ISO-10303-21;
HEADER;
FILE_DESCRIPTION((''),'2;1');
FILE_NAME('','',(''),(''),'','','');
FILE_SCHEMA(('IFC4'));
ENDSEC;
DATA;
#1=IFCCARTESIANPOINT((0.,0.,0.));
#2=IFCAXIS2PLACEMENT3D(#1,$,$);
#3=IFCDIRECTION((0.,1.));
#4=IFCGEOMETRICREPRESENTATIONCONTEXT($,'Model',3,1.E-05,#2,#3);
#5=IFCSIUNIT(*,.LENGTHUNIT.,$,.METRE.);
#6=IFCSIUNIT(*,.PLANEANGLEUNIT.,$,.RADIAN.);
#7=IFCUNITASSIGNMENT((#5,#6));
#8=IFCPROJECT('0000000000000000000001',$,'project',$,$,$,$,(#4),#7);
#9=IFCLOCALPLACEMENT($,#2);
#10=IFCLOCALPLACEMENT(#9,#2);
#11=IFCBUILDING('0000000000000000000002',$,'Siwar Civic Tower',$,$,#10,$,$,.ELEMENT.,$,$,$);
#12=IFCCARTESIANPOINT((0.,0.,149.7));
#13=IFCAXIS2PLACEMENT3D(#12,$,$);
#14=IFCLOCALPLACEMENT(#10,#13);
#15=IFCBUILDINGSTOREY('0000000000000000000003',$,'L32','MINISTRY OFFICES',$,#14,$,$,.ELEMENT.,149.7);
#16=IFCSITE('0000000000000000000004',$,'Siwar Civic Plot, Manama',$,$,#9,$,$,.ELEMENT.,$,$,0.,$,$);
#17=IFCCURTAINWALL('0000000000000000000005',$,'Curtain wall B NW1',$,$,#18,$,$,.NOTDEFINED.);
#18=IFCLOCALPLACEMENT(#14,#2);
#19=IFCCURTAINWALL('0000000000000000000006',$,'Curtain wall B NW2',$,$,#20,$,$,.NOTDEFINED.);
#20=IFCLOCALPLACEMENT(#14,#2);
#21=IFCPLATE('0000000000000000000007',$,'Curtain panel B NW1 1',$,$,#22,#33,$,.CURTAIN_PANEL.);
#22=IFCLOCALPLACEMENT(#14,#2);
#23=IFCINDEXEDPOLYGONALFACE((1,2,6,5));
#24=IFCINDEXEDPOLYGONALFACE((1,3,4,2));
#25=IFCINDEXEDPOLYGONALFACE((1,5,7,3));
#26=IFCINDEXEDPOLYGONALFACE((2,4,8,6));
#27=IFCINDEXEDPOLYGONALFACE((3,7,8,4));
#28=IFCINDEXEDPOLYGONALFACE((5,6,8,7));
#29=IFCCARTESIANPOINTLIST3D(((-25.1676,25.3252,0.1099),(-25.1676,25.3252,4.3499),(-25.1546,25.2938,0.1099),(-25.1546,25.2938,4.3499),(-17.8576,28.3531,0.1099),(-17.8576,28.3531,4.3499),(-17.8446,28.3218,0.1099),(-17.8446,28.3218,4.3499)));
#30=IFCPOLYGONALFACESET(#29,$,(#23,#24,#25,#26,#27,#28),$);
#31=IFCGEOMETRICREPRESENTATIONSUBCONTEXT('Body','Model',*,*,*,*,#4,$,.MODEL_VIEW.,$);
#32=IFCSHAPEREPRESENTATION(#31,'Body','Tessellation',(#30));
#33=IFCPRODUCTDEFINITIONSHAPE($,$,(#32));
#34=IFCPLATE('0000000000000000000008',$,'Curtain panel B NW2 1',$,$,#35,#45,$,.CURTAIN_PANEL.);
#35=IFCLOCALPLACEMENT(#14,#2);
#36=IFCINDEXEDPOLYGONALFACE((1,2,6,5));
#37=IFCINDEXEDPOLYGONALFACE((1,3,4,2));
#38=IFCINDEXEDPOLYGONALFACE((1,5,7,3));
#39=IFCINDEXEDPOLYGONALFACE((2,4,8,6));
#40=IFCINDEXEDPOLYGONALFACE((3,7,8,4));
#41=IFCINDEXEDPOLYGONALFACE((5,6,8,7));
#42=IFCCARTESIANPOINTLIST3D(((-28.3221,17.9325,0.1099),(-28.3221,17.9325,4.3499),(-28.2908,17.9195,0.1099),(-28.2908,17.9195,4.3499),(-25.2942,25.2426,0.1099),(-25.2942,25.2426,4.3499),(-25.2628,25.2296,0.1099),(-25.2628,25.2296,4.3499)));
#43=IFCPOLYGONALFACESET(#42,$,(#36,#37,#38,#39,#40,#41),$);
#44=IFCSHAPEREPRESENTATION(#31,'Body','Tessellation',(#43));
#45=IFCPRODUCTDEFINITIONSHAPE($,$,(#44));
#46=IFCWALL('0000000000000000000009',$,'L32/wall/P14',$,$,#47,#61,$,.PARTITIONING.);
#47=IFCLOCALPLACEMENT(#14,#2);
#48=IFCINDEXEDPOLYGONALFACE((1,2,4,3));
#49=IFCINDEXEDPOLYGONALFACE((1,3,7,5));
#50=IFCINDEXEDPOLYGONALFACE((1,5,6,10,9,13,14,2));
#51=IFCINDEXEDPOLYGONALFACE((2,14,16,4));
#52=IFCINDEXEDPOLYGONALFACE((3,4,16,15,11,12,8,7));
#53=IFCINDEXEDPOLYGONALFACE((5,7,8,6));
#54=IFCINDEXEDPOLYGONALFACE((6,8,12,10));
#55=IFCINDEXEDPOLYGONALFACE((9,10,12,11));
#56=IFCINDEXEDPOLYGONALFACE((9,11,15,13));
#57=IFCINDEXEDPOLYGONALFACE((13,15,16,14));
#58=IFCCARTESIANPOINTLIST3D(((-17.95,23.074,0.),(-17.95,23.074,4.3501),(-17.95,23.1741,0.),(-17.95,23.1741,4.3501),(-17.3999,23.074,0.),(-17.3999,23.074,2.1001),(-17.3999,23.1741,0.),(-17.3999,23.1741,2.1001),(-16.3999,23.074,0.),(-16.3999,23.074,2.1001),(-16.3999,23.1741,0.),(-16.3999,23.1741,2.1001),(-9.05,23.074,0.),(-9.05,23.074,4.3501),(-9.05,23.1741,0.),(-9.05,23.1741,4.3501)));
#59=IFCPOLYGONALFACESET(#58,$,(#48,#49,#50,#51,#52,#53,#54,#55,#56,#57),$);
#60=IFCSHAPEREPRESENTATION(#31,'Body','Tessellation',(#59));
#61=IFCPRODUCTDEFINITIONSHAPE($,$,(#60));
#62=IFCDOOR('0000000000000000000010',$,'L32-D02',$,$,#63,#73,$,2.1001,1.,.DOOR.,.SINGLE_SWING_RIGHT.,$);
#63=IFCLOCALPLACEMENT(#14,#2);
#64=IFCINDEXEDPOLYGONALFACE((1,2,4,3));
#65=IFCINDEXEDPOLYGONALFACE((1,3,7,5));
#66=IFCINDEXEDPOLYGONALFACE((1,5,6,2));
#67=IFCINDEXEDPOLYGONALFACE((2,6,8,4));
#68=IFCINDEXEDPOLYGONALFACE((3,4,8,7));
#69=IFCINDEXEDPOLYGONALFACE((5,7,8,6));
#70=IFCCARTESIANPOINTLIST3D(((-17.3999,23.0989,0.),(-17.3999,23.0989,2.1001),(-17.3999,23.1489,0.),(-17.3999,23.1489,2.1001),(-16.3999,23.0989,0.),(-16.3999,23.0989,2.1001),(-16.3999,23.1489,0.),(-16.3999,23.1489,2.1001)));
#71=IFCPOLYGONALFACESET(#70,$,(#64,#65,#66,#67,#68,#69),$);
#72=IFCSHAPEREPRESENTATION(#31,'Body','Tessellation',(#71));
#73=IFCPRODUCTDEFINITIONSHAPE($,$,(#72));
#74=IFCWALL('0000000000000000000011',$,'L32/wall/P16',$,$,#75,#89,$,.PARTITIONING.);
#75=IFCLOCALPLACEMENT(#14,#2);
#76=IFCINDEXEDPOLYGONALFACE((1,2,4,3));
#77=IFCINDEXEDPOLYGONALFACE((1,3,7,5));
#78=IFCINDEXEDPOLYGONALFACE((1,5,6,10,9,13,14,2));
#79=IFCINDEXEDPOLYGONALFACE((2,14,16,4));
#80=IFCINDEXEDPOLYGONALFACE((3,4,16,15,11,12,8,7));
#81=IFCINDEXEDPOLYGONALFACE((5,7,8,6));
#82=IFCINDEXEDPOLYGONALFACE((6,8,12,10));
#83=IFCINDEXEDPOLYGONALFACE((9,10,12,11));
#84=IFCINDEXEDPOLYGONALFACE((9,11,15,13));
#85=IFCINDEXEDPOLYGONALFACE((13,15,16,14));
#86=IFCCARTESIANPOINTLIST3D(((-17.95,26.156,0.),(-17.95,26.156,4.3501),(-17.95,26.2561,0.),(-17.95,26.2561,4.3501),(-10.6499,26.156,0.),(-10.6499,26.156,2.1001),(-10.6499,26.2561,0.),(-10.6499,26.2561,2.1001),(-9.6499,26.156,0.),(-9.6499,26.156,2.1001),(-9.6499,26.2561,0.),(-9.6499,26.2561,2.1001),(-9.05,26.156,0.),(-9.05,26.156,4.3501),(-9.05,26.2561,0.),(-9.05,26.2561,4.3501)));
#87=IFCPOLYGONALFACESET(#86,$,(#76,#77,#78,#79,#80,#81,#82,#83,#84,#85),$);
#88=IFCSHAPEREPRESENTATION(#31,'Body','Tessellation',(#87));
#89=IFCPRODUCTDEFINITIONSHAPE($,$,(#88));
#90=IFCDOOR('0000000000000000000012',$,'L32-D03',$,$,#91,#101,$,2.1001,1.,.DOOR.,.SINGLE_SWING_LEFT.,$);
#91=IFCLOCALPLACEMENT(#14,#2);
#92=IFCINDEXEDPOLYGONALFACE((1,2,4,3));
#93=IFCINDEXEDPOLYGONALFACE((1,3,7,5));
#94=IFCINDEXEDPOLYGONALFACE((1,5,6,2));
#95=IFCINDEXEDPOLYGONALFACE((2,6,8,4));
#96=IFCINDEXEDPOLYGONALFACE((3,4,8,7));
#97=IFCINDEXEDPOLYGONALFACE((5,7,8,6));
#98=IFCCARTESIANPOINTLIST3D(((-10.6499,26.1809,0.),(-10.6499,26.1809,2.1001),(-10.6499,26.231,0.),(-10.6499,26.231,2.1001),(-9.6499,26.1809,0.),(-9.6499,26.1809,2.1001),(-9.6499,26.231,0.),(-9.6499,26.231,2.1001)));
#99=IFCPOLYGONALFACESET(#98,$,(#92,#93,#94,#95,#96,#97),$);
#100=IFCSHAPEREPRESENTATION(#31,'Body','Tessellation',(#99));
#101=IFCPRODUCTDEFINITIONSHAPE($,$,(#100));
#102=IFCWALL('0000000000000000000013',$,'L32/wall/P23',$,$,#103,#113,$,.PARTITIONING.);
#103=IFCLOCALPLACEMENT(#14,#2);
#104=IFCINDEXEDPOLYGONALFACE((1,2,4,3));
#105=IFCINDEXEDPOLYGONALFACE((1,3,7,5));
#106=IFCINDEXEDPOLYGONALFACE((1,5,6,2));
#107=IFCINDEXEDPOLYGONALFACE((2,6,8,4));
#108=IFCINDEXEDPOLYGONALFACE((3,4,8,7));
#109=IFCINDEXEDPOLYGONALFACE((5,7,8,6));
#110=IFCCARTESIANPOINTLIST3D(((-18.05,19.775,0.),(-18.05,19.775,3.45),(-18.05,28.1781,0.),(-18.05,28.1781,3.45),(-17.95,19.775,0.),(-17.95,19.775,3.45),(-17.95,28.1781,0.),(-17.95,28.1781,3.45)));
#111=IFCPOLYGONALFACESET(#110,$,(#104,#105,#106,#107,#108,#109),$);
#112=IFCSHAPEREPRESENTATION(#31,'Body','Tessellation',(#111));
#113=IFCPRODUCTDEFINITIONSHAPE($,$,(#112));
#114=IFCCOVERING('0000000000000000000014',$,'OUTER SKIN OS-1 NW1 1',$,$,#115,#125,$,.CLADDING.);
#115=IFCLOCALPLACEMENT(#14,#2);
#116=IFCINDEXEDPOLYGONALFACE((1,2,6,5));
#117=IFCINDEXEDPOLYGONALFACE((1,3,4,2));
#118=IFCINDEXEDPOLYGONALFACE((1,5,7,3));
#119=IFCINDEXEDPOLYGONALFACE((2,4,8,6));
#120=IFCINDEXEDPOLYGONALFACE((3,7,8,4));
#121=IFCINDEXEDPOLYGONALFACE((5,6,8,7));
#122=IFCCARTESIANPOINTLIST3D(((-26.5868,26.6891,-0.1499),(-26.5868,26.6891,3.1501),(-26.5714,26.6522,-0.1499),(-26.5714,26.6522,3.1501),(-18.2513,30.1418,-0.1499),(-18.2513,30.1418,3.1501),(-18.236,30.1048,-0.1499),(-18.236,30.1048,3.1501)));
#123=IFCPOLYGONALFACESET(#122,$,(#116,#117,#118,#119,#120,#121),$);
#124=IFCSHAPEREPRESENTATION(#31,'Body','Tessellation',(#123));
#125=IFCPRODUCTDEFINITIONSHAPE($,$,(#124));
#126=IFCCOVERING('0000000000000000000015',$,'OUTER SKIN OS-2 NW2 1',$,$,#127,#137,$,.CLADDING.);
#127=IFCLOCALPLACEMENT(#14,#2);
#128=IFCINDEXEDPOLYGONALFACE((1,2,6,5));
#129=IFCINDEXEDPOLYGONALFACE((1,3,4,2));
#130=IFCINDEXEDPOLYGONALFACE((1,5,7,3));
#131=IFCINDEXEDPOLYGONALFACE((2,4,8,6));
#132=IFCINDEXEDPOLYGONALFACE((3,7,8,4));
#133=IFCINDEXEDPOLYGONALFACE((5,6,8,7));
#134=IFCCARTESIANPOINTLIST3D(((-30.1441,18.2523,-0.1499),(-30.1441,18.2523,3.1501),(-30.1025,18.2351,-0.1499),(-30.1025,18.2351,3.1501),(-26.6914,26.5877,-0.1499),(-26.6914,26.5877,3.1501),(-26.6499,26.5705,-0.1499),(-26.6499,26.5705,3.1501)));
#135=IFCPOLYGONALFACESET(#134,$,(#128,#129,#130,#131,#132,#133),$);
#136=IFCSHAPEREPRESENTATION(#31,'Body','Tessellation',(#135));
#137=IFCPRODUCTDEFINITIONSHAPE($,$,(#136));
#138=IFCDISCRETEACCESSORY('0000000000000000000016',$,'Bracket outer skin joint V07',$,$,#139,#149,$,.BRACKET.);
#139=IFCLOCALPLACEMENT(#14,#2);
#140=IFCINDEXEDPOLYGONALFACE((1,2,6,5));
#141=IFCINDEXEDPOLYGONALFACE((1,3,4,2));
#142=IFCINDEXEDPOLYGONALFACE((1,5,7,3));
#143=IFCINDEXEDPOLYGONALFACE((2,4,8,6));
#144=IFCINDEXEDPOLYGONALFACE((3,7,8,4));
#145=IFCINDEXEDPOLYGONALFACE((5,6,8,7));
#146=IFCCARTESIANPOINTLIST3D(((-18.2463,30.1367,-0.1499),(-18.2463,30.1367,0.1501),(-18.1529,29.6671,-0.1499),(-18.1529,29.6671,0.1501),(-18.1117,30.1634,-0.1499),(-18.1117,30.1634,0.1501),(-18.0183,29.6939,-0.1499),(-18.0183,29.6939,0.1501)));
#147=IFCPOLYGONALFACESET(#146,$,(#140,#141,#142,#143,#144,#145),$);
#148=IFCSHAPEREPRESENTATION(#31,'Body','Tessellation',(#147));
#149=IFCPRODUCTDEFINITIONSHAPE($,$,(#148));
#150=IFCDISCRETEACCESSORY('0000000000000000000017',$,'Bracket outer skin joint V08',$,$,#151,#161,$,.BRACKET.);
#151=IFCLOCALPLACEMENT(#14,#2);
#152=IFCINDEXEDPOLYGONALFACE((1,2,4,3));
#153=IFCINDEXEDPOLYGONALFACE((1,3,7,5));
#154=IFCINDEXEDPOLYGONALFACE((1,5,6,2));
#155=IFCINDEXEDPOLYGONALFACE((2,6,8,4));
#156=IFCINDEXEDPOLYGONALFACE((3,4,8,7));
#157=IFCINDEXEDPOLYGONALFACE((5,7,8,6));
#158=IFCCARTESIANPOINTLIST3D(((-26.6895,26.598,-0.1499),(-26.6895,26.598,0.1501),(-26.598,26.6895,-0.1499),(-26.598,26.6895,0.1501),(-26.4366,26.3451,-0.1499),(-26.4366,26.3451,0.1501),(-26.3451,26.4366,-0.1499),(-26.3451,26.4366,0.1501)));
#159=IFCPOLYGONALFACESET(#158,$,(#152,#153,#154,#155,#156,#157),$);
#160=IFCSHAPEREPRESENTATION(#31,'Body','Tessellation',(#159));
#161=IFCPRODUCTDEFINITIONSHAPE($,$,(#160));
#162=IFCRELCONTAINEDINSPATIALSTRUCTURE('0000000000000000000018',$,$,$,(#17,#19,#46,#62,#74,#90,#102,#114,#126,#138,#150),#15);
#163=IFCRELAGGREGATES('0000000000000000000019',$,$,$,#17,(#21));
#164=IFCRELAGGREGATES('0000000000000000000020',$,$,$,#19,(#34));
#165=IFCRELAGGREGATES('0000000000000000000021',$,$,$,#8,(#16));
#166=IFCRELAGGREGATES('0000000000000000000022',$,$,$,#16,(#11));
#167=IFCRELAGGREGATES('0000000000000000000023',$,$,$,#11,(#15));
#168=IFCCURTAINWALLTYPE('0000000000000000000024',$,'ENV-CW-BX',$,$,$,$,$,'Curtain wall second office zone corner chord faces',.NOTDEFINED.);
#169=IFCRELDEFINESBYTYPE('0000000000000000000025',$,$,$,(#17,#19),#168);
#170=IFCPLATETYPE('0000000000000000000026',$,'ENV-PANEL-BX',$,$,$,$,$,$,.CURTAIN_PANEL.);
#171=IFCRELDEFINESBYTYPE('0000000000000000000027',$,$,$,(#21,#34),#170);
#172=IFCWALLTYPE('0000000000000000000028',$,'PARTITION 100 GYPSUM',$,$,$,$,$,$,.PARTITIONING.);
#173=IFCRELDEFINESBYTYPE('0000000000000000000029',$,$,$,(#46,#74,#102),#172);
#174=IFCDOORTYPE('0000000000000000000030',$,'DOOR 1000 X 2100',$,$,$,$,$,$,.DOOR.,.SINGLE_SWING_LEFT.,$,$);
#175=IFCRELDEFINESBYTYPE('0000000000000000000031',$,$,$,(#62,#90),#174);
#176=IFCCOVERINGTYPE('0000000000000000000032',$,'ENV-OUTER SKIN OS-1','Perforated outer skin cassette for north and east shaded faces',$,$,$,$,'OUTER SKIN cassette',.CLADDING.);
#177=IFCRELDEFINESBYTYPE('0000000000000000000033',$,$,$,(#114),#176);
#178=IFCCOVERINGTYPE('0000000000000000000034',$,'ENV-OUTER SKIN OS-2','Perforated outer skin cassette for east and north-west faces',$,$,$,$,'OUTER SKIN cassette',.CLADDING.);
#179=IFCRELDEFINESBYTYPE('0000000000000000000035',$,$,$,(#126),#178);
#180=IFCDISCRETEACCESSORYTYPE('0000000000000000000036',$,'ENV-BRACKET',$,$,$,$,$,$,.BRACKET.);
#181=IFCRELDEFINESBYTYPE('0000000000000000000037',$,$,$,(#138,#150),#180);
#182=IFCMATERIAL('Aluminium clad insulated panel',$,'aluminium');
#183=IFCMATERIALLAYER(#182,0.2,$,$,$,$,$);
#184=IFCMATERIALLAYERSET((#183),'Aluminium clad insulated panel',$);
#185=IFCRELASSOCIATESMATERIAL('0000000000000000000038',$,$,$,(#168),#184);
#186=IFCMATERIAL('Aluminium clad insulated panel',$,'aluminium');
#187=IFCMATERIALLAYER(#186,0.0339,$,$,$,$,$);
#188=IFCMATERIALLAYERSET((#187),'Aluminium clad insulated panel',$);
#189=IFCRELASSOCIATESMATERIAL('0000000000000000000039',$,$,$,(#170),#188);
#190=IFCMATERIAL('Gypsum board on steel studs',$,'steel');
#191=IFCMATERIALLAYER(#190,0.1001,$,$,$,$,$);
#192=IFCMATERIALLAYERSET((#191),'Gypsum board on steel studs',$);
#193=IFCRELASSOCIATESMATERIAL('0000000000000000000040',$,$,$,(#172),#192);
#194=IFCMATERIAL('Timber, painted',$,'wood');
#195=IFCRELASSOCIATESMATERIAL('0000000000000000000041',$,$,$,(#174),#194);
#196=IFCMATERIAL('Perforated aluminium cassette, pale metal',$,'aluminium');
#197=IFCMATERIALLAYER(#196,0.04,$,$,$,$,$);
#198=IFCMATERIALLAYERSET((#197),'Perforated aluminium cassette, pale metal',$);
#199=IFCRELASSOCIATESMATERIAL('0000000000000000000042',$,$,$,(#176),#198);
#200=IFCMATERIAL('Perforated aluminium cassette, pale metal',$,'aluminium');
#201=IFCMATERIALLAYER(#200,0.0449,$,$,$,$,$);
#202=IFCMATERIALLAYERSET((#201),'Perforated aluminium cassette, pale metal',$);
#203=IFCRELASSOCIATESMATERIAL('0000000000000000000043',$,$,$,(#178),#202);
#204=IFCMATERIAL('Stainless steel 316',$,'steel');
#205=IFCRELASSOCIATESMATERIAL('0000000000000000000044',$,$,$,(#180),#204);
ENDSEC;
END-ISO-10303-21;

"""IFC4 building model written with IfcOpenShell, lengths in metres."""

from ifc_helpers import new_model, si_unit, direction, frame, frame_2d, origin, origin_2d, place, context, subcontext, project, spatial, rectangle, extrude, material, layer, layer_set, type_object, element, fill, aggregate, save


model = new_model("IFC4")

# Units and contexts
model_context = context("Model", 3, precision=1e-05, world=origin(), true_north=direction((0.0, 1.0)))
body_context = subcontext(model_context, "Body", "Model", "MODEL_VIEW")
ifc_project = project(units=[si_unit("LENGTHUNIT", "METRE"), si_unit("PLANEANGLEUNIT", "RADIAN")], contexts=[model_context])

# Site, building, storey
site_placement = place(None, origin())
site = spatial("IfcSite", under=ifc_project, at=site_placement, Name="Siwar Civic Plot, Manama", CompositionType="ELEMENT", RefElevation=0.0)
building_placement = place(site_placement, origin())
building = spatial("IfcBuilding", under=site, at=building_placement, Name="Siwar Civic Tower", CompositionType="ELEMENT")
storey_placement = place(building_placement, frame((0.0, 0.0, 149.7)))
storey = spatial("IfcBuildingStorey", under=building, at=storey_placement, Name="L32", Description="MINISTRY OFFICES", CompositionType="ELEMENT", Elevation=149.7)

# Curtain walls
ifc_material_1 = material(Name="Aluminium clad insulated panel", Category="aluminium")
ifc_layer_1 = layer(ifc_material_1, 0.2)
ifc_layer_set_1 = layer_set([ifc_layer_1], Name="Aluminium clad insulated panel")
curtain_wall_type = type_object("IfcCurtainWallType", Name="ENV-CW-BX", ElementType="Curtain wall second office zone corner chord faces", PredefinedType="NOTDEFINED", material=ifc_layer_set_1)
curtain_wall_1_placement = place(storey_placement, origin())
curtain_wall_1 = element("IfcCurtainWall", 1, at=curtain_wall_1_placement, inside=storey, type_object=curtain_wall_type, Name="Curtain wall B NW1", PredefinedType="NOTDEFINED")
curtain_wall_2_placement = place(storey_placement, origin())
curtain_wall_2 = element("IfcCurtainWall", 2, at=curtain_wall_2_placement, inside=storey, type_object=curtain_wall_type, Name="Curtain wall B NW2", PredefinedType="NOTDEFINED")

# Plates
ifc_material_2 = material(Name="Aluminium clad insulated panel", Category="aluminium")
ifc_layer_2 = layer(ifc_material_2, 0.0339)
ifc_layer_set_2 = layer_set([ifc_layer_2], Name="Aluminium clad insulated panel")
plate_type = type_object("IfcPlateType", Name="ENV-PANEL-BX", PredefinedType="CURTAIN_PANEL", material=ifc_layer_set_2)
plate_1_placement = place(storey_placement, frame((-21.5061, 26.8235, 0.1099), z_axis=(0.0, 0.0, 1.0), x_axis=(-0.92388, -0.382683, 0.0)))
plate_1 = element("IfcPlate", 3, at=plate_1_placement, type_object=plate_type, Name="Curtain panel B NW1 1", PredefinedType="CURTAIN_PANEL", context=body_context, shape_type="SweptSolid", body=[
    extrude(rectangle(XDim=7.9124, YDim=0.0339, at=origin_2d()), origin(), (0.0, 0.0, 1.0), 4.24),
])
aggregate(curtain_wall_1, [plate_1])
plate_2_placement = place(storey_placement, frame((-26.7925, 21.5811, 0.1099), z_axis=(0.0, 0.0, 1.0), x_axis=(-0.382683, -0.92388, 0.0)))
plate_2 = element("IfcPlate", 4, at=plate_2_placement, type_object=plate_type, Name="Curtain panel B NW2 1", PredefinedType="CURTAIN_PANEL", context=body_context, shape_type="SweptSolid", body=[
    extrude(rectangle(XDim=7.9124, YDim=0.0339, at=origin_2d()), origin(), (0.0, 0.0, 1.0), 4.24),
])
aggregate(curtain_wall_2, [plate_2])

# Walls, openings, doors
ifc_material_3 = material(Name="Gypsum board on steel studs", Category="steel")
ifc_layer_3 = layer(ifc_material_3, 0.1001)
ifc_layer_set_3 = layer_set([ifc_layer_3], Name="Gypsum board on steel studs")
wall_type = type_object("IfcWallType", Name="PARTITION 100 GYPSUM", PredefinedType="PARTITIONING", material=ifc_layer_set_3)
wall_1_placement = place(storey_placement, frame((-17.95, 23.124, 0.0), z_axis=(0.0, 0.0, 1.0), x_axis=(1.0, 0.0, 0.0)))
wall_1 = element("IfcWall", 5, at=wall_1_placement, inside=storey, type_object=wall_type, Name="L32/wall/P14", PredefinedType="PARTITIONING", context=body_context, shape_type="SweptSolid", body=[
    extrude(rectangle(XDim=8.8999, YDim=0.1001, at=frame_2d((4.45, 0.0))), origin(), (0.0, 0.0, 1.0), 4.3501),
])
opening_1_placement = place(wall_1_placement, frame((0.55, 0.0, 0.0)))
opening_1 = element("IfcOpeningElement", 6, at=opening_1_placement, cuts=wall_1, PredefinedType="OPENING", context=body_context, shape_type="SweptSolid", body=[
    extrude(rectangle(XDim=1.0, YDim=2.1001, at=frame_2d((0.5, 1.05))), frame((0.0, 0.0601, 0.0), z_axis=(0.0, -1.0, 0.0), x_axis=(1.0, 0.0, 0.0)), (0.0, 0.0, 1.0), 0.1201),
])
ifc_material_4 = material(Name="Timber, painted", Category="wood")
door_type = type_object("IfcDoorType", Name="DOOR 1000 X 2100", OperationType="SINGLE_SWING_LEFT", PredefinedType="DOOR", material=ifc_material_4)
door_1_placement = place(opening_1_placement, origin())
door_1 = element("IfcDoor", 7, at=door_1_placement, inside=storey, type_object=door_type, Name="L32-D02", OperationType="SINGLE_SWING_RIGHT", OverallHeight=2.1001, OverallWidth=1.0, PredefinedType="DOOR", context=body_context, shape_type="SweptSolid", body=[
    extrude(rectangle(XDim=1.0, YDim=2.1001, at=frame_2d((0.5, 1.05))), frame((0.0, 0.0249, 0.0), z_axis=(0.0, -1.0, 0.0), x_axis=(1.0, 0.0, 0.0)), (0.0, 0.0, 1.0), 0.05),
])
fill(opening_1, door_1)
wall_2_placement = place(storey_placement, frame((-17.95, 26.2061, 0.0), z_axis=(0.0, 0.0, 1.0), x_axis=(1.0, 0.0, 0.0)))
wall_2 = element("IfcWall", 8, at=wall_2_placement, inside=storey, type_object=wall_type, Name="L32/wall/P16", PredefinedType="PARTITIONING", context=body_context, shape_type="SweptSolid", body=[
    extrude(rectangle(XDim=8.8999, YDim=0.1001, at=frame_2d((4.45, 0.0))), origin(), (0.0, 0.0, 1.0), 4.3501),
])
opening_2_placement = place(wall_2_placement, frame((7.3, 0.0, 0.0)))
opening_2 = element("IfcOpeningElement", 9, at=opening_2_placement, cuts=wall_2, PredefinedType="OPENING", context=body_context, shape_type="SweptSolid", body=[
    extrude(rectangle(XDim=1.0, YDim=2.1001, at=frame_2d((0.5, 1.05))), frame((0.0, 0.0601, 0.0), z_axis=(0.0, -1.0, 0.0), x_axis=(1.0, 0.0, 0.0)), (0.0, 0.0, 1.0), 0.1201),
])
door_2_placement = place(opening_2_placement, origin())
door_2 = element("IfcDoor", 10, at=door_2_placement, inside=storey, type_object=door_type, Name="L32-D03", OperationType="SINGLE_SWING_LEFT", OverallHeight=2.1001, OverallWidth=1.0, PredefinedType="DOOR", context=body_context, shape_type="SweptSolid", body=[
    extrude(rectangle(XDim=1.0, YDim=2.1001, at=frame_2d((0.5, 1.05))), frame((0.0, 0.0249, 0.0), z_axis=(0.0, -1.0, 0.0), x_axis=(1.0, 0.0, 0.0)), (0.0, 0.0, 1.0), 0.05),
])
fill(opening_2, door_2)

# Wall
wall_3_placement = place(storey_placement, frame((-18.0, 19.7749, 0.0), z_axis=(0.0, 0.0, 1.0), x_axis=(0.0, 1.0, 0.0)))
element("IfcWall", 11, at=wall_3_placement, inside=storey, type_object=wall_type, Name="L32/wall/P23", PredefinedType="PARTITIONING", context=body_context, shape_type="SweptSolid", body=[
    extrude(rectangle(XDim=8.4031, YDim=0.1001, at=frame_2d((4.2017, 0.0))), origin(), (0.0, 0.0, 1.0), 3.45),
])

# Coverings
ifc_material_5 = material(Name="Perforated aluminium cassette, pale metal", Category="aluminium")
ifc_layer_4 = layer(ifc_material_5, 0.04)
ifc_layer_set_4 = layer_set([ifc_layer_4], Name="Perforated aluminium cassette, pale metal")
covering_type_1 = type_object("IfcCoveringType", Name="ENV-OUTER SKIN OS-1", Description="Perforated outer skin cassette for north and east shaded faces", ElementType="OUTER SKIN cassette", PredefinedType="CLADDING", material=ifc_layer_set_4)
covering_1_placement = place(storey_placement, frame((-22.4114, 28.397, -0.1499), z_axis=(0.0, 0.0, 1.0), x_axis=(-0.92388, -0.382683, 0.0)))
element("IfcCovering", 12, at=covering_1_placement, inside=storey, type_object=covering_type_1, Name="OUTER SKIN OS-1 NW1 1", PredefinedType="CLADDING", context=body_context, shape_type="SweptSolid", body=[
    extrude(rectangle(XDim=9.0222, YDim=0.04, at=origin_2d()), origin(), (0.0, 0.0, 1.0), 3.3),
])
ifc_material_6 = material(Name="Perforated aluminium cassette, pale metal", Category="aluminium")
ifc_layer_5 = layer(ifc_material_6, 0.0449)
ifc_layer_set_5 = layer_set([ifc_layer_5], Name="Perforated aluminium cassette, pale metal")
covering_type_2 = type_object("IfcCoveringType", Name="ENV-OUTER SKIN OS-2", Description="Perforated outer skin cassette for east and north-west faces", ElementType="OUTER SKIN cassette", PredefinedType="CLADDING", material=ifc_layer_set_5)
covering_2_placement = place(storey_placement, frame((-28.397, 22.4114, -0.1499), z_axis=(0.0, 0.0, 1.0), x_axis=(-0.382683, -0.92388, 0.0)))
element("IfcCovering", 13, at=covering_2_placement, inside=storey, type_object=covering_type_2, Name="OUTER SKIN OS-2 NW2 1", PredefinedType="CLADDING", context=body_context, shape_type="SweptSolid", body=[
    extrude(rectangle(XDim=9.0222, YDim=0.0449, at=origin_2d()), origin(), (0.0, 0.0, 1.0), 3.3),
])

# Discrete accessories
ifc_material_7 = material(Name="Stainless steel 316", Category="steel")
discrete_accessory_type = type_object("IfcDiscreteAccessoryType", Name="ENV-BRACKET", PredefinedType="BRACKET", material=ifc_material_7)
discrete_accessory_1_placement = place(storey_placement, frame((-18.1323, 29.9153, -0.1499), z_axis=(0.0, 0.0, 1.0), x_axis=(-0.19509, 0.980785, 0.0)))
element("IfcDiscreteAccessory", 14, at=discrete_accessory_1_placement, inside=storey, type_object=discrete_accessory_type, Name="Bracket outer skin joint V07", PredefinedType="BRACKET", context=body_context, shape_type="SweptSolid", body=[
    extrude(rectangle(XDim=0.4788, YDim=0.1372, at=origin_2d()), origin(), (0.0, 0.0, 1.0), 0.3),
])
discrete_accessory_2_placement = place(storey_placement, frame((-26.5173, 26.5173, -0.1499), z_axis=(0.0, 0.0, 1.0), x_axis=(-0.707107, 0.707107, 0.0)))
element("IfcDiscreteAccessory", 15, at=discrete_accessory_2_placement, inside=storey, type_object=discrete_accessory_type, Name="Bracket outer skin joint V08", PredefinedType="BRACKET", context=body_context, shape_type="SweptSolid", body=[
    extrude(rectangle(XDim=0.3577, YDim=0.1294, at=origin_2d()), origin(), (0.0, 0.0, 1.0), 0.3),
])

save(model, "model.ifc")
